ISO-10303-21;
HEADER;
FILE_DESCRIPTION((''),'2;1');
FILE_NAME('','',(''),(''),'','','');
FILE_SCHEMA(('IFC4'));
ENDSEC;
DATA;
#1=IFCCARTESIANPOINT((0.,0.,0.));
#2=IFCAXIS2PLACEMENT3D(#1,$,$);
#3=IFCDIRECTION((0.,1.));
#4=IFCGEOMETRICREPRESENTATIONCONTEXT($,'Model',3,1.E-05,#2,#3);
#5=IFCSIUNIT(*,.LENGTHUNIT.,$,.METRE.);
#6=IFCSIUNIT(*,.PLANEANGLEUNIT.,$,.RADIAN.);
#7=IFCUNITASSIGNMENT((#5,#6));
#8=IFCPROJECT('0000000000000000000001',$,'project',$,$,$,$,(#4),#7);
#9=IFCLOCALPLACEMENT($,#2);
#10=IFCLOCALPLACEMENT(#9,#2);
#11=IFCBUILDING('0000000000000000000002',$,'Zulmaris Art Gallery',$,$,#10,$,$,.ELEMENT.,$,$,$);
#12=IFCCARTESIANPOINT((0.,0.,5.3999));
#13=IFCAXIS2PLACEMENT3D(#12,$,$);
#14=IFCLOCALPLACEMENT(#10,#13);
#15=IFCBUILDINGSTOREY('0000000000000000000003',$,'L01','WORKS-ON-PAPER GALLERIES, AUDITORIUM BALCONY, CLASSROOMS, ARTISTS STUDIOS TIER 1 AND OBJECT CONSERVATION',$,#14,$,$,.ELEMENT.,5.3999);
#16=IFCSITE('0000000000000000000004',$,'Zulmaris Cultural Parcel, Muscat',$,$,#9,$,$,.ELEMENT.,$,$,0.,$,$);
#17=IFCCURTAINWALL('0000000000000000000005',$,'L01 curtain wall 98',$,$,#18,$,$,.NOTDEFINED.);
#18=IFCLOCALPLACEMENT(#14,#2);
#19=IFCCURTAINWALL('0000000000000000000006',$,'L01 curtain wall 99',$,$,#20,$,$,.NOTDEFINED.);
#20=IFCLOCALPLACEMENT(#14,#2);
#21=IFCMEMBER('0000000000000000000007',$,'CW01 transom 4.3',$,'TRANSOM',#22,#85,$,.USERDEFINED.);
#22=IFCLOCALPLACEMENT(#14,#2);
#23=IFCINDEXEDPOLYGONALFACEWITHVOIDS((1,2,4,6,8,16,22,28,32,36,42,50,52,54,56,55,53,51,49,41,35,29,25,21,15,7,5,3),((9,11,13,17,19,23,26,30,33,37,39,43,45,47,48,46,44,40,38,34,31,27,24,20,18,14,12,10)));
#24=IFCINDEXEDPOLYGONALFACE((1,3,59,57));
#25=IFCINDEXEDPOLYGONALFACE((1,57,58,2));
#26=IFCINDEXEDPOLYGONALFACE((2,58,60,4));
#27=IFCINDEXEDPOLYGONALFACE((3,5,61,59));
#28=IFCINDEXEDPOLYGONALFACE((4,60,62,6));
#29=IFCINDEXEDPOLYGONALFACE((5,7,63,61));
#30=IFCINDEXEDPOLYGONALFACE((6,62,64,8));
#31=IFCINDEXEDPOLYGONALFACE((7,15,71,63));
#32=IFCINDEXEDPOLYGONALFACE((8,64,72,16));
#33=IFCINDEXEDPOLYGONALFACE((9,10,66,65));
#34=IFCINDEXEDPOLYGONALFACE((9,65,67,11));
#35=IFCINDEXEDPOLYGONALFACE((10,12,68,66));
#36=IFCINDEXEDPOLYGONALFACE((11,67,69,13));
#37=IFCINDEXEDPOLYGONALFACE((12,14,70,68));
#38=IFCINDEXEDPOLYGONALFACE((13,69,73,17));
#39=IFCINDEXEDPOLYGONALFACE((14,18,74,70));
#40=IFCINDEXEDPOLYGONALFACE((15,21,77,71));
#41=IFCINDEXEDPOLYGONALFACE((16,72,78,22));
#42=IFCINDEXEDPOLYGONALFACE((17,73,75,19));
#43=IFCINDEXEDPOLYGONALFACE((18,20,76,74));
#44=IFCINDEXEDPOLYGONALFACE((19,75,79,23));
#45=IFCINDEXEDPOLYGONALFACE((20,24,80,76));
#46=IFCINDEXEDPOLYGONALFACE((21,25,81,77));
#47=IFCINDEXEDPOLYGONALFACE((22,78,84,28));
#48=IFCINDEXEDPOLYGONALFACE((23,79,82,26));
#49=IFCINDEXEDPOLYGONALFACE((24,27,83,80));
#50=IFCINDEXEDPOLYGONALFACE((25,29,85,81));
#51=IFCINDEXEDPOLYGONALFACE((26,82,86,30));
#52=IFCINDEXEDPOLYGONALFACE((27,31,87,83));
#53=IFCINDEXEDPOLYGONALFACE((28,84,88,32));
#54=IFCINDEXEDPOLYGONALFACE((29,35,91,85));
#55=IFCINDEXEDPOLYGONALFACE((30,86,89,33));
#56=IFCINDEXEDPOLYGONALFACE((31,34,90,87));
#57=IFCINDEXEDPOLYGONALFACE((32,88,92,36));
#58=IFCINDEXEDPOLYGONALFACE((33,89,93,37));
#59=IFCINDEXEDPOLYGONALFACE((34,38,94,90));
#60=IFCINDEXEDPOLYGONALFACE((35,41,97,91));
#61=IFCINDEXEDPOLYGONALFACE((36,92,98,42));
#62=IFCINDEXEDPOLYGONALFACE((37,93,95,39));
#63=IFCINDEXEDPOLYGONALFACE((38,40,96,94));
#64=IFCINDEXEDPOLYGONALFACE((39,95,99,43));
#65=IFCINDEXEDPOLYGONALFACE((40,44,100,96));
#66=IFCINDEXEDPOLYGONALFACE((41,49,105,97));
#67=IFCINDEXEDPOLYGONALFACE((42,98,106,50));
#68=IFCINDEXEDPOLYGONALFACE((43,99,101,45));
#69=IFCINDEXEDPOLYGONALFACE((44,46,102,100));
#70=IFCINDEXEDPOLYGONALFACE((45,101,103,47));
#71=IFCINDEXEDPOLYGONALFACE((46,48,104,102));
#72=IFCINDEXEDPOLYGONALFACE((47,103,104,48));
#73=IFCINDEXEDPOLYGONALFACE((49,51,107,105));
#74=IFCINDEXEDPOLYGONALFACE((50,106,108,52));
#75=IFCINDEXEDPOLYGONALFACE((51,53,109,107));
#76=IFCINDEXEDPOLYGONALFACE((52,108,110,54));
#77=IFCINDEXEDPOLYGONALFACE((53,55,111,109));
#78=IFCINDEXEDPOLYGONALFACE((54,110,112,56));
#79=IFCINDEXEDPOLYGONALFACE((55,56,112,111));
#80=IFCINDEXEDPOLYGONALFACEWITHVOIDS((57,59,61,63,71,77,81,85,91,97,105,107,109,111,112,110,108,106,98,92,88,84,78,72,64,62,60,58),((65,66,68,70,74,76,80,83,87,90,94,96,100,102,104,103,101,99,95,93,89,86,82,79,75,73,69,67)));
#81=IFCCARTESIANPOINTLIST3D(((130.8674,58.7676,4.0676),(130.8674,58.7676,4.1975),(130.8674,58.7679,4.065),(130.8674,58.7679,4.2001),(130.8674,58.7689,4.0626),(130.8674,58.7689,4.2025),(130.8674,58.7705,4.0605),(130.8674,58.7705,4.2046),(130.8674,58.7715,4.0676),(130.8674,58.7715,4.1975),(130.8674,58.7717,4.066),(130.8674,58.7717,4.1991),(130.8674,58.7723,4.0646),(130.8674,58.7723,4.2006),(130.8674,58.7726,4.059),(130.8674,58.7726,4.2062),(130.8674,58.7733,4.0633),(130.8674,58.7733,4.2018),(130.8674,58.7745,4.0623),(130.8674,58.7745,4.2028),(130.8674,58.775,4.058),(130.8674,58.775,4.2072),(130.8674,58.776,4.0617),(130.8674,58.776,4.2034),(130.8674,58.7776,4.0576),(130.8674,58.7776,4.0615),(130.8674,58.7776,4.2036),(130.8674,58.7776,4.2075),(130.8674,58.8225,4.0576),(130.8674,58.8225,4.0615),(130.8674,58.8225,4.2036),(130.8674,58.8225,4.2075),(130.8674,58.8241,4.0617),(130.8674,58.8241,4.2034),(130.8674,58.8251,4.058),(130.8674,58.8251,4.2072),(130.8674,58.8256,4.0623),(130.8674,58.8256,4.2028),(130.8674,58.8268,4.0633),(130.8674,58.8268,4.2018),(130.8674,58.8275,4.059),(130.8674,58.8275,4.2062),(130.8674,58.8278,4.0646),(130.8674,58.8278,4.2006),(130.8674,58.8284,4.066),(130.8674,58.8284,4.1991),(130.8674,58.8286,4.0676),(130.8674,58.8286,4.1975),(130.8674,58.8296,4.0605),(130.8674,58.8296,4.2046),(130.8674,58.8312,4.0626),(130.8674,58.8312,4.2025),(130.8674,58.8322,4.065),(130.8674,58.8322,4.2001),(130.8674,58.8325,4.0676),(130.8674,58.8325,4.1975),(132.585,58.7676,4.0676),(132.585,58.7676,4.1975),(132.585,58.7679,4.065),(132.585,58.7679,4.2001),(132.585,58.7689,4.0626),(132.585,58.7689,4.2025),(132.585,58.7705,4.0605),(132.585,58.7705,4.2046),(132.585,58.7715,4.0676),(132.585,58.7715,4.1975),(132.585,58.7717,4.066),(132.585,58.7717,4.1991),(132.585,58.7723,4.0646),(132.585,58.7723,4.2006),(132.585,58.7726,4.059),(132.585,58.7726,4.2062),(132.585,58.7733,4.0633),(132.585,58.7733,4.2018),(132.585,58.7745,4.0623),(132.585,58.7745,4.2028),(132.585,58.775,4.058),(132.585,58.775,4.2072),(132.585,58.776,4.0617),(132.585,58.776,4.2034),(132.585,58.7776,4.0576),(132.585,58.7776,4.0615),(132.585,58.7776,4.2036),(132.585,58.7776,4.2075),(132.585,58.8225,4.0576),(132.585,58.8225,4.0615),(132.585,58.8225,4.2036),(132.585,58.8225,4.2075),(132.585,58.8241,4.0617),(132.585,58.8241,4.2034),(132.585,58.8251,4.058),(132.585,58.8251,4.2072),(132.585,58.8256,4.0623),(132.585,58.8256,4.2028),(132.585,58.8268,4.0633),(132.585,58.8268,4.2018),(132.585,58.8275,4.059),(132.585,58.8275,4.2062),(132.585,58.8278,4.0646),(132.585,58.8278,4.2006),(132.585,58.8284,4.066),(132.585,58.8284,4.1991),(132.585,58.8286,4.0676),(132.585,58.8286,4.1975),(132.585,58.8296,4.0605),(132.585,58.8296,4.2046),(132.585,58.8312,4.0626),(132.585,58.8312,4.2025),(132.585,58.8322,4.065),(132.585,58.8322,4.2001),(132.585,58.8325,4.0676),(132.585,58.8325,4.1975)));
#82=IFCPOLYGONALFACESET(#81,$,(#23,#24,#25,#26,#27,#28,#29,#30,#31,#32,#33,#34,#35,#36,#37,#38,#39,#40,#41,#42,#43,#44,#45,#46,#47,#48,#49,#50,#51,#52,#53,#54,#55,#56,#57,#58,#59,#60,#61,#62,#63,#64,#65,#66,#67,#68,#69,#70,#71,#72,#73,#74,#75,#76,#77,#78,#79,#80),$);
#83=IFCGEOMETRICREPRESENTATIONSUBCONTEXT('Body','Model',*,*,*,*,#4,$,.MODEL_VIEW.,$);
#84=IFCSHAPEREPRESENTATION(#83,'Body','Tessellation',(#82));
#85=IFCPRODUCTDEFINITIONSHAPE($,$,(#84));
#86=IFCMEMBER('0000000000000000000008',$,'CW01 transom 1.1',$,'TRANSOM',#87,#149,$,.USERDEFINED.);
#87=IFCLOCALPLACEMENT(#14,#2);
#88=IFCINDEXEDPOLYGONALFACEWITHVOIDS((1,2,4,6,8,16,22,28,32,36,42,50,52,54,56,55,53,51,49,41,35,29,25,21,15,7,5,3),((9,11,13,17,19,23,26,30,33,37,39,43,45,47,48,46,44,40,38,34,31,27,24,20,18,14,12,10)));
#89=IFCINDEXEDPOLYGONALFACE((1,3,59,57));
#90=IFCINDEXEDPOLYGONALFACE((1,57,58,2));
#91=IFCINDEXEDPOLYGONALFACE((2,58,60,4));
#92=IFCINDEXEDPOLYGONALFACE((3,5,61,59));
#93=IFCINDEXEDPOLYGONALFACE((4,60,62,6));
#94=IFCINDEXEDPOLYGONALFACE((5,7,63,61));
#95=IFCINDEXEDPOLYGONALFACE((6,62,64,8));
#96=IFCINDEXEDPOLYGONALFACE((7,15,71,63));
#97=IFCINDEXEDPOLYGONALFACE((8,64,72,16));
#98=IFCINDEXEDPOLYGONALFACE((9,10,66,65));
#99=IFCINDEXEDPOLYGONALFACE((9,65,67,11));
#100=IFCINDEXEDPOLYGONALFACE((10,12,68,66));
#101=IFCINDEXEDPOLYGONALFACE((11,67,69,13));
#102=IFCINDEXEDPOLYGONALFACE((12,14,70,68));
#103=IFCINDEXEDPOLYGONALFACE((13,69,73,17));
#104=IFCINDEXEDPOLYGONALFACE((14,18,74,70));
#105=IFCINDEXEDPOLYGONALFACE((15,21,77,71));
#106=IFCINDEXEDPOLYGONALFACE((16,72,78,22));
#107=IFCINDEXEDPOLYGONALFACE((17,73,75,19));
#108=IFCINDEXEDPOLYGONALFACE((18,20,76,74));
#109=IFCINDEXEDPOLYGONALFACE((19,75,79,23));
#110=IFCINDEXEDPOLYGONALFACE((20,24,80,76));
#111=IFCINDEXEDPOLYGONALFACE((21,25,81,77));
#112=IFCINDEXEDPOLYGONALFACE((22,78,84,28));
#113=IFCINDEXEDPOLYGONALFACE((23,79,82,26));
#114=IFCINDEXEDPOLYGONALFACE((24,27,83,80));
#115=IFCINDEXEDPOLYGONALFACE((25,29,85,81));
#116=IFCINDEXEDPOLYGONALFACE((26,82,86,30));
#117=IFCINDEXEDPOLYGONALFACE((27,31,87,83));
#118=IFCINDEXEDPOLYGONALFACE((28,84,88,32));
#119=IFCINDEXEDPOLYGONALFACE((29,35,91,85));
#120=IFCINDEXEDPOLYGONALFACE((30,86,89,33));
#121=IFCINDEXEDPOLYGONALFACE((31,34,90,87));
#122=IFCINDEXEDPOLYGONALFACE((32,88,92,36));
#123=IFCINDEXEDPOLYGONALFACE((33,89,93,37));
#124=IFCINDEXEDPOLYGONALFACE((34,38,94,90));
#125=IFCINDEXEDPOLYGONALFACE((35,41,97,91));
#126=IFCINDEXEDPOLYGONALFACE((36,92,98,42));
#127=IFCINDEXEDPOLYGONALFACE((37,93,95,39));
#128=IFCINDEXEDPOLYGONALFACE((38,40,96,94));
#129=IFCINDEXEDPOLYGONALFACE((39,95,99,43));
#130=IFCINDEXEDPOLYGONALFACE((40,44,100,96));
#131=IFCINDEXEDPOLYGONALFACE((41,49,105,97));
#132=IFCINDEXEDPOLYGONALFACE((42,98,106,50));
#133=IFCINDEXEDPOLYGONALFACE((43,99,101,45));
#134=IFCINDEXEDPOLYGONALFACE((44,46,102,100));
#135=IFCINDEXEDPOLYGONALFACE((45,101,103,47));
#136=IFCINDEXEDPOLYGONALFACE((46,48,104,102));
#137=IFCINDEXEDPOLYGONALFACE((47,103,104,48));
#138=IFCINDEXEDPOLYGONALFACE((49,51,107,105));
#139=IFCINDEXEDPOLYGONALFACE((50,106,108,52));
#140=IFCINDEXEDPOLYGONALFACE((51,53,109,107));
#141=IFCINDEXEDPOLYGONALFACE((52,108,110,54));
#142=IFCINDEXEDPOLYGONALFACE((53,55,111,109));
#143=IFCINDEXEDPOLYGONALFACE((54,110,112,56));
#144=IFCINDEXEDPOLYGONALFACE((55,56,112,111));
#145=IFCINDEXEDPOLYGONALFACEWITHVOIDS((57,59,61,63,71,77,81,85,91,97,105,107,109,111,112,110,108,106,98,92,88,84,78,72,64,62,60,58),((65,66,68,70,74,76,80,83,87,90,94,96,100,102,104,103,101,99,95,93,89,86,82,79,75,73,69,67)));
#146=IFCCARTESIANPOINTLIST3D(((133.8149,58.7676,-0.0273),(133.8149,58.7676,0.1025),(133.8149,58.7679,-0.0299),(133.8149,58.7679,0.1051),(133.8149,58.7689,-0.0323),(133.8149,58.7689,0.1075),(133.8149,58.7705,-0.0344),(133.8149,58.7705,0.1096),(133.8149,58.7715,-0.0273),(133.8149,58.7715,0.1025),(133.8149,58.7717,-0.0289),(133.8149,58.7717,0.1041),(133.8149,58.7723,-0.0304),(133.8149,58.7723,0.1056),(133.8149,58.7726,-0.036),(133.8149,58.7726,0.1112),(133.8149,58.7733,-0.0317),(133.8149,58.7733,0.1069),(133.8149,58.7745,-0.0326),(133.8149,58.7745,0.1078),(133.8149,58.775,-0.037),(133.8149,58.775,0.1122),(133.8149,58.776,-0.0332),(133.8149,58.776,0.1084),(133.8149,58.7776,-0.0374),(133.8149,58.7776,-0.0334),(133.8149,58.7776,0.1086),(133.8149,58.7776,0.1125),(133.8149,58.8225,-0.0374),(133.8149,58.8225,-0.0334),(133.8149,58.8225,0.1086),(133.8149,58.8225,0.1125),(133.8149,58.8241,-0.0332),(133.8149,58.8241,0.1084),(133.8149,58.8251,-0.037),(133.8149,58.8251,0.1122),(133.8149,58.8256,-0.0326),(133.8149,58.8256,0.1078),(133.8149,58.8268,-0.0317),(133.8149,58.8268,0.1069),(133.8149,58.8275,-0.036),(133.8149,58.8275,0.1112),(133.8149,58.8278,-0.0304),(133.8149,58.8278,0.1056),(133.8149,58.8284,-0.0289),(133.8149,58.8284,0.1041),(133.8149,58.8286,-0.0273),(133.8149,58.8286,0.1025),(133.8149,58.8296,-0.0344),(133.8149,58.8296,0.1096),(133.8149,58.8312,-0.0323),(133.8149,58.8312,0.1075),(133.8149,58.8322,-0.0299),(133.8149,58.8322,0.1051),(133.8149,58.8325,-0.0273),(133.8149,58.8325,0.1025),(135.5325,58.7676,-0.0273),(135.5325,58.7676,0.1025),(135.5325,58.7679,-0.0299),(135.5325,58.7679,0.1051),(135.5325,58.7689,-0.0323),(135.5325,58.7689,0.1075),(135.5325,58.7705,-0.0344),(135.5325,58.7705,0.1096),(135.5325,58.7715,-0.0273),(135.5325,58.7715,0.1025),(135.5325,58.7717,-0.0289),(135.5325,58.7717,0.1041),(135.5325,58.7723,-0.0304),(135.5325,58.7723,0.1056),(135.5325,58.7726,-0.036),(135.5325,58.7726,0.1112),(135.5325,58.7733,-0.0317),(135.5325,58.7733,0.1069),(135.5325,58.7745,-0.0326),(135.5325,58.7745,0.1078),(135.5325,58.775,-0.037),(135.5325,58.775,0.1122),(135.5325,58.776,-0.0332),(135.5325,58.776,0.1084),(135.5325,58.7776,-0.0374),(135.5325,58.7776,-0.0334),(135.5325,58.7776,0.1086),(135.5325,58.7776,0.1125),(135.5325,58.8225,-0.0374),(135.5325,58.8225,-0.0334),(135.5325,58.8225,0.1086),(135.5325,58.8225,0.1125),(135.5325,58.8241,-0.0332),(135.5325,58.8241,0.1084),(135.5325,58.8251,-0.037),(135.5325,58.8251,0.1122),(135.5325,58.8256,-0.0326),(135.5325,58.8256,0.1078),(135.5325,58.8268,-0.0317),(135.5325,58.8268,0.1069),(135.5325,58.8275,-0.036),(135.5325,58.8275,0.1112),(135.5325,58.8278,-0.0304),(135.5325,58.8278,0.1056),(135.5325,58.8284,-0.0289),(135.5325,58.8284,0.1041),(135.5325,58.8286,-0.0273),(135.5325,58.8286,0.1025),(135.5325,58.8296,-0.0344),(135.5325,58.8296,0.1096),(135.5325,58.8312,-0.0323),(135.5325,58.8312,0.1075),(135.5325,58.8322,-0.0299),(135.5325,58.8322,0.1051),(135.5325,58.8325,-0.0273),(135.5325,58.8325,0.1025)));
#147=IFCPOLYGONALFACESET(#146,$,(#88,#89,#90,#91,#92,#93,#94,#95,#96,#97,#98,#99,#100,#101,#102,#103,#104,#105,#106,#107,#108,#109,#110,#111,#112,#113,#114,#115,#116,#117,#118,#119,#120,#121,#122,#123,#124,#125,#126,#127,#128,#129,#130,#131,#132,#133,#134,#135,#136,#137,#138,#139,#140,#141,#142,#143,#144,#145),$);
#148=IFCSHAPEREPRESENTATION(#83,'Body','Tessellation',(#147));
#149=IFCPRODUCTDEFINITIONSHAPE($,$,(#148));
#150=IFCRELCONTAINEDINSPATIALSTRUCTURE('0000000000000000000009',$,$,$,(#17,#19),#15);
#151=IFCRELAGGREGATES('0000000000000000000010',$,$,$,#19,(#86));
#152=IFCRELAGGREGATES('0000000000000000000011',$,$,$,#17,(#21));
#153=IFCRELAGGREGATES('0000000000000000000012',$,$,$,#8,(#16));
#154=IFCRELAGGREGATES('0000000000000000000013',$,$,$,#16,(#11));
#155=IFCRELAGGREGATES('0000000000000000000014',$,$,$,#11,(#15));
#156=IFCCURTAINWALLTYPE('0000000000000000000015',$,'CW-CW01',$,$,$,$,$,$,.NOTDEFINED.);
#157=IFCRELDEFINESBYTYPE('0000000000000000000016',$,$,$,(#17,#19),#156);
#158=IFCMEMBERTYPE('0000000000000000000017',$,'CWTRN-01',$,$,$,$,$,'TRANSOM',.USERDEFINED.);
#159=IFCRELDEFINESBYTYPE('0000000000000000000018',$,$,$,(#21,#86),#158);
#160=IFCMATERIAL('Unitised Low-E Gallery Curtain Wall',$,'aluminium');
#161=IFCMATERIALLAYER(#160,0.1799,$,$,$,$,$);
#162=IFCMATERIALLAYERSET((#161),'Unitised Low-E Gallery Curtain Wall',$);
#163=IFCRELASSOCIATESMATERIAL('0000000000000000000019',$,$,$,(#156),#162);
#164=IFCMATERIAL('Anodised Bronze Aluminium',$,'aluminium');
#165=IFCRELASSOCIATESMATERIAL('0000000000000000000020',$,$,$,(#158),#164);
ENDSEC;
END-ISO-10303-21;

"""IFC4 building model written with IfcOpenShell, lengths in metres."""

from ifc_helpers import new_model, si_unit, direction, frame, origin, origin_2d, place, context, subcontext, project, spatial, hollow_rectangle, extrude, material, layer, layer_set, material_profile, profile_set, type_object, element, aggregate, save


model = new_model("IFC4")

# Units and contexts
model_context = context("Model", 3, precision=1e-05, world=origin(), true_north=direction((0.0, 1.0)))
body_context = subcontext(model_context, "Body", "Model", "MODEL_VIEW")
ifc_project = project(units=[si_unit("LENGTHUNIT", "METRE"), si_unit("PLANEANGLEUNIT", "RADIAN")], contexts=[model_context])

# Site, building, storey
site_placement = place(None, origin())
site = spatial("IfcSite", under=ifc_project, at=site_placement, Name="Zulmaris Cultural Parcel, Muscat", CompositionType="ELEMENT", RefElevation=0.0)
building_placement = place(site_placement, origin())
building = spatial("IfcBuilding", under=site, at=building_placement, Name="Zulmaris Art Gallery", CompositionType="ELEMENT")
storey_placement = place(building_placement, frame((0.0, 0.0, 5.3999)))
storey = spatial("IfcBuildingStorey", under=building, at=storey_placement, Name="L01", Description="WORKS-ON-PAPER GALLERIES, AUDITORIUM BALCONY, CLASSROOMS, ARTISTS STUDIOS TIER 1 AND OBJECT CONSERVATION", CompositionType="ELEMENT", Elevation=5.3999)

# Curtain wall
ifc_material_1 = material(Name="Unitised Low-E Gallery Curtain Wall", Category="aluminium")
ifc_layer_1 = layer(ifc_material_1, 0.1799)
ifc_layer_set_1 = layer_set([ifc_layer_1], Name="Unitised Low-E Gallery Curtain Wall")
curtain_wall_type = type_object("IfcCurtainWallType", Name="CW-CW01", PredefinedType="NOTDEFINED", material=ifc_layer_set_1)
curtain_wall_1_placement = place(storey_placement, origin())
curtain_wall_1 = element("IfcCurtainWall", 1, at=curtain_wall_1_placement, inside=storey, type_object=curtain_wall_type, Name="L01 curtain wall 98", PredefinedType="NOTDEFINED")
ifc_material_2 = material(Name="Anodised Bronze Aluminium", Category="aluminium")

# Curtain wall
curtain_wall_2_placement = place(storey_placement, origin())
curtain_wall_2 = element("IfcCurtainWall", 2, at=curtain_wall_2_placement, inside=storey, type_object=curtain_wall_type, Name="L01 curtain wall 99", PredefinedType="NOTDEFINED")

# Members
ifc_material_profile_1 = material_profile(ifc_material_2, hollow_rectangle(XDim=0.0649, YDim=0.1499, WallThickness=0.0039, InnerFilletRadius=0.0061, OuterFilletRadius=0.01, at=origin_2d()), Name="ALU 65x150x4")
ifc_profile_set_1 = profile_set([ifc_material_profile_1], Name="Anodised Bronze Aluminium")
member_type_1 = type_object("IfcMemberType", Name="CWTRN-01", ElementType="TRANSOM", PredefinedType="USERDEFINED", material=ifc_profile_set_1)
member_1_placement = place(storey_placement, frame((130.8674, 58.8, 4.1326), z_axis=(1.0, 0.0, 0.0), x_axis=(0.0, 1.0, 0.0)))
member_1 = element("IfcMember", 3, at=member_1_placement, type_object=member_type_1, Name="CW01 transom 4.3", ObjectType="TRANSOM", PredefinedType="USERDEFINED", context=body_context, shape_type="SweptSolid", body=[
    extrude(hollow_rectangle(XDim=0.0649, YDim=0.1499, WallThickness=0.0039, InnerFilletRadius=0.0061, OuterFilletRadius=0.01, at=origin_2d()), origin(), (0.0, 0.0, 1.0), 1.7175),
])
member_2_placement = place(storey_placement, frame((133.8149, 58.8, 0.0376), z_axis=(1.0, 0.0, 0.0), x_axis=(0.0, 1.0, 0.0)))
member_2 = element("IfcMember", 4, at=member_2_placement, type_object=member_type_1, Name="CW01 transom 1.1", ObjectType="TRANSOM", PredefinedType="USERDEFINED", context=body_context, shape_type="SweptSolid", body=[
    extrude(hollow_rectangle(XDim=0.0649, YDim=0.1499, WallThickness=0.0039, InnerFilletRadius=0.0061, OuterFilletRadius=0.01, at=origin_2d()), origin(), (0.0, 0.0, 1.0), 1.7175),
])
aggregate(curtain_wall_2, [member_2])

aggregate(curtain_wall_1, [member_1])

save(model, "model.ifc")
